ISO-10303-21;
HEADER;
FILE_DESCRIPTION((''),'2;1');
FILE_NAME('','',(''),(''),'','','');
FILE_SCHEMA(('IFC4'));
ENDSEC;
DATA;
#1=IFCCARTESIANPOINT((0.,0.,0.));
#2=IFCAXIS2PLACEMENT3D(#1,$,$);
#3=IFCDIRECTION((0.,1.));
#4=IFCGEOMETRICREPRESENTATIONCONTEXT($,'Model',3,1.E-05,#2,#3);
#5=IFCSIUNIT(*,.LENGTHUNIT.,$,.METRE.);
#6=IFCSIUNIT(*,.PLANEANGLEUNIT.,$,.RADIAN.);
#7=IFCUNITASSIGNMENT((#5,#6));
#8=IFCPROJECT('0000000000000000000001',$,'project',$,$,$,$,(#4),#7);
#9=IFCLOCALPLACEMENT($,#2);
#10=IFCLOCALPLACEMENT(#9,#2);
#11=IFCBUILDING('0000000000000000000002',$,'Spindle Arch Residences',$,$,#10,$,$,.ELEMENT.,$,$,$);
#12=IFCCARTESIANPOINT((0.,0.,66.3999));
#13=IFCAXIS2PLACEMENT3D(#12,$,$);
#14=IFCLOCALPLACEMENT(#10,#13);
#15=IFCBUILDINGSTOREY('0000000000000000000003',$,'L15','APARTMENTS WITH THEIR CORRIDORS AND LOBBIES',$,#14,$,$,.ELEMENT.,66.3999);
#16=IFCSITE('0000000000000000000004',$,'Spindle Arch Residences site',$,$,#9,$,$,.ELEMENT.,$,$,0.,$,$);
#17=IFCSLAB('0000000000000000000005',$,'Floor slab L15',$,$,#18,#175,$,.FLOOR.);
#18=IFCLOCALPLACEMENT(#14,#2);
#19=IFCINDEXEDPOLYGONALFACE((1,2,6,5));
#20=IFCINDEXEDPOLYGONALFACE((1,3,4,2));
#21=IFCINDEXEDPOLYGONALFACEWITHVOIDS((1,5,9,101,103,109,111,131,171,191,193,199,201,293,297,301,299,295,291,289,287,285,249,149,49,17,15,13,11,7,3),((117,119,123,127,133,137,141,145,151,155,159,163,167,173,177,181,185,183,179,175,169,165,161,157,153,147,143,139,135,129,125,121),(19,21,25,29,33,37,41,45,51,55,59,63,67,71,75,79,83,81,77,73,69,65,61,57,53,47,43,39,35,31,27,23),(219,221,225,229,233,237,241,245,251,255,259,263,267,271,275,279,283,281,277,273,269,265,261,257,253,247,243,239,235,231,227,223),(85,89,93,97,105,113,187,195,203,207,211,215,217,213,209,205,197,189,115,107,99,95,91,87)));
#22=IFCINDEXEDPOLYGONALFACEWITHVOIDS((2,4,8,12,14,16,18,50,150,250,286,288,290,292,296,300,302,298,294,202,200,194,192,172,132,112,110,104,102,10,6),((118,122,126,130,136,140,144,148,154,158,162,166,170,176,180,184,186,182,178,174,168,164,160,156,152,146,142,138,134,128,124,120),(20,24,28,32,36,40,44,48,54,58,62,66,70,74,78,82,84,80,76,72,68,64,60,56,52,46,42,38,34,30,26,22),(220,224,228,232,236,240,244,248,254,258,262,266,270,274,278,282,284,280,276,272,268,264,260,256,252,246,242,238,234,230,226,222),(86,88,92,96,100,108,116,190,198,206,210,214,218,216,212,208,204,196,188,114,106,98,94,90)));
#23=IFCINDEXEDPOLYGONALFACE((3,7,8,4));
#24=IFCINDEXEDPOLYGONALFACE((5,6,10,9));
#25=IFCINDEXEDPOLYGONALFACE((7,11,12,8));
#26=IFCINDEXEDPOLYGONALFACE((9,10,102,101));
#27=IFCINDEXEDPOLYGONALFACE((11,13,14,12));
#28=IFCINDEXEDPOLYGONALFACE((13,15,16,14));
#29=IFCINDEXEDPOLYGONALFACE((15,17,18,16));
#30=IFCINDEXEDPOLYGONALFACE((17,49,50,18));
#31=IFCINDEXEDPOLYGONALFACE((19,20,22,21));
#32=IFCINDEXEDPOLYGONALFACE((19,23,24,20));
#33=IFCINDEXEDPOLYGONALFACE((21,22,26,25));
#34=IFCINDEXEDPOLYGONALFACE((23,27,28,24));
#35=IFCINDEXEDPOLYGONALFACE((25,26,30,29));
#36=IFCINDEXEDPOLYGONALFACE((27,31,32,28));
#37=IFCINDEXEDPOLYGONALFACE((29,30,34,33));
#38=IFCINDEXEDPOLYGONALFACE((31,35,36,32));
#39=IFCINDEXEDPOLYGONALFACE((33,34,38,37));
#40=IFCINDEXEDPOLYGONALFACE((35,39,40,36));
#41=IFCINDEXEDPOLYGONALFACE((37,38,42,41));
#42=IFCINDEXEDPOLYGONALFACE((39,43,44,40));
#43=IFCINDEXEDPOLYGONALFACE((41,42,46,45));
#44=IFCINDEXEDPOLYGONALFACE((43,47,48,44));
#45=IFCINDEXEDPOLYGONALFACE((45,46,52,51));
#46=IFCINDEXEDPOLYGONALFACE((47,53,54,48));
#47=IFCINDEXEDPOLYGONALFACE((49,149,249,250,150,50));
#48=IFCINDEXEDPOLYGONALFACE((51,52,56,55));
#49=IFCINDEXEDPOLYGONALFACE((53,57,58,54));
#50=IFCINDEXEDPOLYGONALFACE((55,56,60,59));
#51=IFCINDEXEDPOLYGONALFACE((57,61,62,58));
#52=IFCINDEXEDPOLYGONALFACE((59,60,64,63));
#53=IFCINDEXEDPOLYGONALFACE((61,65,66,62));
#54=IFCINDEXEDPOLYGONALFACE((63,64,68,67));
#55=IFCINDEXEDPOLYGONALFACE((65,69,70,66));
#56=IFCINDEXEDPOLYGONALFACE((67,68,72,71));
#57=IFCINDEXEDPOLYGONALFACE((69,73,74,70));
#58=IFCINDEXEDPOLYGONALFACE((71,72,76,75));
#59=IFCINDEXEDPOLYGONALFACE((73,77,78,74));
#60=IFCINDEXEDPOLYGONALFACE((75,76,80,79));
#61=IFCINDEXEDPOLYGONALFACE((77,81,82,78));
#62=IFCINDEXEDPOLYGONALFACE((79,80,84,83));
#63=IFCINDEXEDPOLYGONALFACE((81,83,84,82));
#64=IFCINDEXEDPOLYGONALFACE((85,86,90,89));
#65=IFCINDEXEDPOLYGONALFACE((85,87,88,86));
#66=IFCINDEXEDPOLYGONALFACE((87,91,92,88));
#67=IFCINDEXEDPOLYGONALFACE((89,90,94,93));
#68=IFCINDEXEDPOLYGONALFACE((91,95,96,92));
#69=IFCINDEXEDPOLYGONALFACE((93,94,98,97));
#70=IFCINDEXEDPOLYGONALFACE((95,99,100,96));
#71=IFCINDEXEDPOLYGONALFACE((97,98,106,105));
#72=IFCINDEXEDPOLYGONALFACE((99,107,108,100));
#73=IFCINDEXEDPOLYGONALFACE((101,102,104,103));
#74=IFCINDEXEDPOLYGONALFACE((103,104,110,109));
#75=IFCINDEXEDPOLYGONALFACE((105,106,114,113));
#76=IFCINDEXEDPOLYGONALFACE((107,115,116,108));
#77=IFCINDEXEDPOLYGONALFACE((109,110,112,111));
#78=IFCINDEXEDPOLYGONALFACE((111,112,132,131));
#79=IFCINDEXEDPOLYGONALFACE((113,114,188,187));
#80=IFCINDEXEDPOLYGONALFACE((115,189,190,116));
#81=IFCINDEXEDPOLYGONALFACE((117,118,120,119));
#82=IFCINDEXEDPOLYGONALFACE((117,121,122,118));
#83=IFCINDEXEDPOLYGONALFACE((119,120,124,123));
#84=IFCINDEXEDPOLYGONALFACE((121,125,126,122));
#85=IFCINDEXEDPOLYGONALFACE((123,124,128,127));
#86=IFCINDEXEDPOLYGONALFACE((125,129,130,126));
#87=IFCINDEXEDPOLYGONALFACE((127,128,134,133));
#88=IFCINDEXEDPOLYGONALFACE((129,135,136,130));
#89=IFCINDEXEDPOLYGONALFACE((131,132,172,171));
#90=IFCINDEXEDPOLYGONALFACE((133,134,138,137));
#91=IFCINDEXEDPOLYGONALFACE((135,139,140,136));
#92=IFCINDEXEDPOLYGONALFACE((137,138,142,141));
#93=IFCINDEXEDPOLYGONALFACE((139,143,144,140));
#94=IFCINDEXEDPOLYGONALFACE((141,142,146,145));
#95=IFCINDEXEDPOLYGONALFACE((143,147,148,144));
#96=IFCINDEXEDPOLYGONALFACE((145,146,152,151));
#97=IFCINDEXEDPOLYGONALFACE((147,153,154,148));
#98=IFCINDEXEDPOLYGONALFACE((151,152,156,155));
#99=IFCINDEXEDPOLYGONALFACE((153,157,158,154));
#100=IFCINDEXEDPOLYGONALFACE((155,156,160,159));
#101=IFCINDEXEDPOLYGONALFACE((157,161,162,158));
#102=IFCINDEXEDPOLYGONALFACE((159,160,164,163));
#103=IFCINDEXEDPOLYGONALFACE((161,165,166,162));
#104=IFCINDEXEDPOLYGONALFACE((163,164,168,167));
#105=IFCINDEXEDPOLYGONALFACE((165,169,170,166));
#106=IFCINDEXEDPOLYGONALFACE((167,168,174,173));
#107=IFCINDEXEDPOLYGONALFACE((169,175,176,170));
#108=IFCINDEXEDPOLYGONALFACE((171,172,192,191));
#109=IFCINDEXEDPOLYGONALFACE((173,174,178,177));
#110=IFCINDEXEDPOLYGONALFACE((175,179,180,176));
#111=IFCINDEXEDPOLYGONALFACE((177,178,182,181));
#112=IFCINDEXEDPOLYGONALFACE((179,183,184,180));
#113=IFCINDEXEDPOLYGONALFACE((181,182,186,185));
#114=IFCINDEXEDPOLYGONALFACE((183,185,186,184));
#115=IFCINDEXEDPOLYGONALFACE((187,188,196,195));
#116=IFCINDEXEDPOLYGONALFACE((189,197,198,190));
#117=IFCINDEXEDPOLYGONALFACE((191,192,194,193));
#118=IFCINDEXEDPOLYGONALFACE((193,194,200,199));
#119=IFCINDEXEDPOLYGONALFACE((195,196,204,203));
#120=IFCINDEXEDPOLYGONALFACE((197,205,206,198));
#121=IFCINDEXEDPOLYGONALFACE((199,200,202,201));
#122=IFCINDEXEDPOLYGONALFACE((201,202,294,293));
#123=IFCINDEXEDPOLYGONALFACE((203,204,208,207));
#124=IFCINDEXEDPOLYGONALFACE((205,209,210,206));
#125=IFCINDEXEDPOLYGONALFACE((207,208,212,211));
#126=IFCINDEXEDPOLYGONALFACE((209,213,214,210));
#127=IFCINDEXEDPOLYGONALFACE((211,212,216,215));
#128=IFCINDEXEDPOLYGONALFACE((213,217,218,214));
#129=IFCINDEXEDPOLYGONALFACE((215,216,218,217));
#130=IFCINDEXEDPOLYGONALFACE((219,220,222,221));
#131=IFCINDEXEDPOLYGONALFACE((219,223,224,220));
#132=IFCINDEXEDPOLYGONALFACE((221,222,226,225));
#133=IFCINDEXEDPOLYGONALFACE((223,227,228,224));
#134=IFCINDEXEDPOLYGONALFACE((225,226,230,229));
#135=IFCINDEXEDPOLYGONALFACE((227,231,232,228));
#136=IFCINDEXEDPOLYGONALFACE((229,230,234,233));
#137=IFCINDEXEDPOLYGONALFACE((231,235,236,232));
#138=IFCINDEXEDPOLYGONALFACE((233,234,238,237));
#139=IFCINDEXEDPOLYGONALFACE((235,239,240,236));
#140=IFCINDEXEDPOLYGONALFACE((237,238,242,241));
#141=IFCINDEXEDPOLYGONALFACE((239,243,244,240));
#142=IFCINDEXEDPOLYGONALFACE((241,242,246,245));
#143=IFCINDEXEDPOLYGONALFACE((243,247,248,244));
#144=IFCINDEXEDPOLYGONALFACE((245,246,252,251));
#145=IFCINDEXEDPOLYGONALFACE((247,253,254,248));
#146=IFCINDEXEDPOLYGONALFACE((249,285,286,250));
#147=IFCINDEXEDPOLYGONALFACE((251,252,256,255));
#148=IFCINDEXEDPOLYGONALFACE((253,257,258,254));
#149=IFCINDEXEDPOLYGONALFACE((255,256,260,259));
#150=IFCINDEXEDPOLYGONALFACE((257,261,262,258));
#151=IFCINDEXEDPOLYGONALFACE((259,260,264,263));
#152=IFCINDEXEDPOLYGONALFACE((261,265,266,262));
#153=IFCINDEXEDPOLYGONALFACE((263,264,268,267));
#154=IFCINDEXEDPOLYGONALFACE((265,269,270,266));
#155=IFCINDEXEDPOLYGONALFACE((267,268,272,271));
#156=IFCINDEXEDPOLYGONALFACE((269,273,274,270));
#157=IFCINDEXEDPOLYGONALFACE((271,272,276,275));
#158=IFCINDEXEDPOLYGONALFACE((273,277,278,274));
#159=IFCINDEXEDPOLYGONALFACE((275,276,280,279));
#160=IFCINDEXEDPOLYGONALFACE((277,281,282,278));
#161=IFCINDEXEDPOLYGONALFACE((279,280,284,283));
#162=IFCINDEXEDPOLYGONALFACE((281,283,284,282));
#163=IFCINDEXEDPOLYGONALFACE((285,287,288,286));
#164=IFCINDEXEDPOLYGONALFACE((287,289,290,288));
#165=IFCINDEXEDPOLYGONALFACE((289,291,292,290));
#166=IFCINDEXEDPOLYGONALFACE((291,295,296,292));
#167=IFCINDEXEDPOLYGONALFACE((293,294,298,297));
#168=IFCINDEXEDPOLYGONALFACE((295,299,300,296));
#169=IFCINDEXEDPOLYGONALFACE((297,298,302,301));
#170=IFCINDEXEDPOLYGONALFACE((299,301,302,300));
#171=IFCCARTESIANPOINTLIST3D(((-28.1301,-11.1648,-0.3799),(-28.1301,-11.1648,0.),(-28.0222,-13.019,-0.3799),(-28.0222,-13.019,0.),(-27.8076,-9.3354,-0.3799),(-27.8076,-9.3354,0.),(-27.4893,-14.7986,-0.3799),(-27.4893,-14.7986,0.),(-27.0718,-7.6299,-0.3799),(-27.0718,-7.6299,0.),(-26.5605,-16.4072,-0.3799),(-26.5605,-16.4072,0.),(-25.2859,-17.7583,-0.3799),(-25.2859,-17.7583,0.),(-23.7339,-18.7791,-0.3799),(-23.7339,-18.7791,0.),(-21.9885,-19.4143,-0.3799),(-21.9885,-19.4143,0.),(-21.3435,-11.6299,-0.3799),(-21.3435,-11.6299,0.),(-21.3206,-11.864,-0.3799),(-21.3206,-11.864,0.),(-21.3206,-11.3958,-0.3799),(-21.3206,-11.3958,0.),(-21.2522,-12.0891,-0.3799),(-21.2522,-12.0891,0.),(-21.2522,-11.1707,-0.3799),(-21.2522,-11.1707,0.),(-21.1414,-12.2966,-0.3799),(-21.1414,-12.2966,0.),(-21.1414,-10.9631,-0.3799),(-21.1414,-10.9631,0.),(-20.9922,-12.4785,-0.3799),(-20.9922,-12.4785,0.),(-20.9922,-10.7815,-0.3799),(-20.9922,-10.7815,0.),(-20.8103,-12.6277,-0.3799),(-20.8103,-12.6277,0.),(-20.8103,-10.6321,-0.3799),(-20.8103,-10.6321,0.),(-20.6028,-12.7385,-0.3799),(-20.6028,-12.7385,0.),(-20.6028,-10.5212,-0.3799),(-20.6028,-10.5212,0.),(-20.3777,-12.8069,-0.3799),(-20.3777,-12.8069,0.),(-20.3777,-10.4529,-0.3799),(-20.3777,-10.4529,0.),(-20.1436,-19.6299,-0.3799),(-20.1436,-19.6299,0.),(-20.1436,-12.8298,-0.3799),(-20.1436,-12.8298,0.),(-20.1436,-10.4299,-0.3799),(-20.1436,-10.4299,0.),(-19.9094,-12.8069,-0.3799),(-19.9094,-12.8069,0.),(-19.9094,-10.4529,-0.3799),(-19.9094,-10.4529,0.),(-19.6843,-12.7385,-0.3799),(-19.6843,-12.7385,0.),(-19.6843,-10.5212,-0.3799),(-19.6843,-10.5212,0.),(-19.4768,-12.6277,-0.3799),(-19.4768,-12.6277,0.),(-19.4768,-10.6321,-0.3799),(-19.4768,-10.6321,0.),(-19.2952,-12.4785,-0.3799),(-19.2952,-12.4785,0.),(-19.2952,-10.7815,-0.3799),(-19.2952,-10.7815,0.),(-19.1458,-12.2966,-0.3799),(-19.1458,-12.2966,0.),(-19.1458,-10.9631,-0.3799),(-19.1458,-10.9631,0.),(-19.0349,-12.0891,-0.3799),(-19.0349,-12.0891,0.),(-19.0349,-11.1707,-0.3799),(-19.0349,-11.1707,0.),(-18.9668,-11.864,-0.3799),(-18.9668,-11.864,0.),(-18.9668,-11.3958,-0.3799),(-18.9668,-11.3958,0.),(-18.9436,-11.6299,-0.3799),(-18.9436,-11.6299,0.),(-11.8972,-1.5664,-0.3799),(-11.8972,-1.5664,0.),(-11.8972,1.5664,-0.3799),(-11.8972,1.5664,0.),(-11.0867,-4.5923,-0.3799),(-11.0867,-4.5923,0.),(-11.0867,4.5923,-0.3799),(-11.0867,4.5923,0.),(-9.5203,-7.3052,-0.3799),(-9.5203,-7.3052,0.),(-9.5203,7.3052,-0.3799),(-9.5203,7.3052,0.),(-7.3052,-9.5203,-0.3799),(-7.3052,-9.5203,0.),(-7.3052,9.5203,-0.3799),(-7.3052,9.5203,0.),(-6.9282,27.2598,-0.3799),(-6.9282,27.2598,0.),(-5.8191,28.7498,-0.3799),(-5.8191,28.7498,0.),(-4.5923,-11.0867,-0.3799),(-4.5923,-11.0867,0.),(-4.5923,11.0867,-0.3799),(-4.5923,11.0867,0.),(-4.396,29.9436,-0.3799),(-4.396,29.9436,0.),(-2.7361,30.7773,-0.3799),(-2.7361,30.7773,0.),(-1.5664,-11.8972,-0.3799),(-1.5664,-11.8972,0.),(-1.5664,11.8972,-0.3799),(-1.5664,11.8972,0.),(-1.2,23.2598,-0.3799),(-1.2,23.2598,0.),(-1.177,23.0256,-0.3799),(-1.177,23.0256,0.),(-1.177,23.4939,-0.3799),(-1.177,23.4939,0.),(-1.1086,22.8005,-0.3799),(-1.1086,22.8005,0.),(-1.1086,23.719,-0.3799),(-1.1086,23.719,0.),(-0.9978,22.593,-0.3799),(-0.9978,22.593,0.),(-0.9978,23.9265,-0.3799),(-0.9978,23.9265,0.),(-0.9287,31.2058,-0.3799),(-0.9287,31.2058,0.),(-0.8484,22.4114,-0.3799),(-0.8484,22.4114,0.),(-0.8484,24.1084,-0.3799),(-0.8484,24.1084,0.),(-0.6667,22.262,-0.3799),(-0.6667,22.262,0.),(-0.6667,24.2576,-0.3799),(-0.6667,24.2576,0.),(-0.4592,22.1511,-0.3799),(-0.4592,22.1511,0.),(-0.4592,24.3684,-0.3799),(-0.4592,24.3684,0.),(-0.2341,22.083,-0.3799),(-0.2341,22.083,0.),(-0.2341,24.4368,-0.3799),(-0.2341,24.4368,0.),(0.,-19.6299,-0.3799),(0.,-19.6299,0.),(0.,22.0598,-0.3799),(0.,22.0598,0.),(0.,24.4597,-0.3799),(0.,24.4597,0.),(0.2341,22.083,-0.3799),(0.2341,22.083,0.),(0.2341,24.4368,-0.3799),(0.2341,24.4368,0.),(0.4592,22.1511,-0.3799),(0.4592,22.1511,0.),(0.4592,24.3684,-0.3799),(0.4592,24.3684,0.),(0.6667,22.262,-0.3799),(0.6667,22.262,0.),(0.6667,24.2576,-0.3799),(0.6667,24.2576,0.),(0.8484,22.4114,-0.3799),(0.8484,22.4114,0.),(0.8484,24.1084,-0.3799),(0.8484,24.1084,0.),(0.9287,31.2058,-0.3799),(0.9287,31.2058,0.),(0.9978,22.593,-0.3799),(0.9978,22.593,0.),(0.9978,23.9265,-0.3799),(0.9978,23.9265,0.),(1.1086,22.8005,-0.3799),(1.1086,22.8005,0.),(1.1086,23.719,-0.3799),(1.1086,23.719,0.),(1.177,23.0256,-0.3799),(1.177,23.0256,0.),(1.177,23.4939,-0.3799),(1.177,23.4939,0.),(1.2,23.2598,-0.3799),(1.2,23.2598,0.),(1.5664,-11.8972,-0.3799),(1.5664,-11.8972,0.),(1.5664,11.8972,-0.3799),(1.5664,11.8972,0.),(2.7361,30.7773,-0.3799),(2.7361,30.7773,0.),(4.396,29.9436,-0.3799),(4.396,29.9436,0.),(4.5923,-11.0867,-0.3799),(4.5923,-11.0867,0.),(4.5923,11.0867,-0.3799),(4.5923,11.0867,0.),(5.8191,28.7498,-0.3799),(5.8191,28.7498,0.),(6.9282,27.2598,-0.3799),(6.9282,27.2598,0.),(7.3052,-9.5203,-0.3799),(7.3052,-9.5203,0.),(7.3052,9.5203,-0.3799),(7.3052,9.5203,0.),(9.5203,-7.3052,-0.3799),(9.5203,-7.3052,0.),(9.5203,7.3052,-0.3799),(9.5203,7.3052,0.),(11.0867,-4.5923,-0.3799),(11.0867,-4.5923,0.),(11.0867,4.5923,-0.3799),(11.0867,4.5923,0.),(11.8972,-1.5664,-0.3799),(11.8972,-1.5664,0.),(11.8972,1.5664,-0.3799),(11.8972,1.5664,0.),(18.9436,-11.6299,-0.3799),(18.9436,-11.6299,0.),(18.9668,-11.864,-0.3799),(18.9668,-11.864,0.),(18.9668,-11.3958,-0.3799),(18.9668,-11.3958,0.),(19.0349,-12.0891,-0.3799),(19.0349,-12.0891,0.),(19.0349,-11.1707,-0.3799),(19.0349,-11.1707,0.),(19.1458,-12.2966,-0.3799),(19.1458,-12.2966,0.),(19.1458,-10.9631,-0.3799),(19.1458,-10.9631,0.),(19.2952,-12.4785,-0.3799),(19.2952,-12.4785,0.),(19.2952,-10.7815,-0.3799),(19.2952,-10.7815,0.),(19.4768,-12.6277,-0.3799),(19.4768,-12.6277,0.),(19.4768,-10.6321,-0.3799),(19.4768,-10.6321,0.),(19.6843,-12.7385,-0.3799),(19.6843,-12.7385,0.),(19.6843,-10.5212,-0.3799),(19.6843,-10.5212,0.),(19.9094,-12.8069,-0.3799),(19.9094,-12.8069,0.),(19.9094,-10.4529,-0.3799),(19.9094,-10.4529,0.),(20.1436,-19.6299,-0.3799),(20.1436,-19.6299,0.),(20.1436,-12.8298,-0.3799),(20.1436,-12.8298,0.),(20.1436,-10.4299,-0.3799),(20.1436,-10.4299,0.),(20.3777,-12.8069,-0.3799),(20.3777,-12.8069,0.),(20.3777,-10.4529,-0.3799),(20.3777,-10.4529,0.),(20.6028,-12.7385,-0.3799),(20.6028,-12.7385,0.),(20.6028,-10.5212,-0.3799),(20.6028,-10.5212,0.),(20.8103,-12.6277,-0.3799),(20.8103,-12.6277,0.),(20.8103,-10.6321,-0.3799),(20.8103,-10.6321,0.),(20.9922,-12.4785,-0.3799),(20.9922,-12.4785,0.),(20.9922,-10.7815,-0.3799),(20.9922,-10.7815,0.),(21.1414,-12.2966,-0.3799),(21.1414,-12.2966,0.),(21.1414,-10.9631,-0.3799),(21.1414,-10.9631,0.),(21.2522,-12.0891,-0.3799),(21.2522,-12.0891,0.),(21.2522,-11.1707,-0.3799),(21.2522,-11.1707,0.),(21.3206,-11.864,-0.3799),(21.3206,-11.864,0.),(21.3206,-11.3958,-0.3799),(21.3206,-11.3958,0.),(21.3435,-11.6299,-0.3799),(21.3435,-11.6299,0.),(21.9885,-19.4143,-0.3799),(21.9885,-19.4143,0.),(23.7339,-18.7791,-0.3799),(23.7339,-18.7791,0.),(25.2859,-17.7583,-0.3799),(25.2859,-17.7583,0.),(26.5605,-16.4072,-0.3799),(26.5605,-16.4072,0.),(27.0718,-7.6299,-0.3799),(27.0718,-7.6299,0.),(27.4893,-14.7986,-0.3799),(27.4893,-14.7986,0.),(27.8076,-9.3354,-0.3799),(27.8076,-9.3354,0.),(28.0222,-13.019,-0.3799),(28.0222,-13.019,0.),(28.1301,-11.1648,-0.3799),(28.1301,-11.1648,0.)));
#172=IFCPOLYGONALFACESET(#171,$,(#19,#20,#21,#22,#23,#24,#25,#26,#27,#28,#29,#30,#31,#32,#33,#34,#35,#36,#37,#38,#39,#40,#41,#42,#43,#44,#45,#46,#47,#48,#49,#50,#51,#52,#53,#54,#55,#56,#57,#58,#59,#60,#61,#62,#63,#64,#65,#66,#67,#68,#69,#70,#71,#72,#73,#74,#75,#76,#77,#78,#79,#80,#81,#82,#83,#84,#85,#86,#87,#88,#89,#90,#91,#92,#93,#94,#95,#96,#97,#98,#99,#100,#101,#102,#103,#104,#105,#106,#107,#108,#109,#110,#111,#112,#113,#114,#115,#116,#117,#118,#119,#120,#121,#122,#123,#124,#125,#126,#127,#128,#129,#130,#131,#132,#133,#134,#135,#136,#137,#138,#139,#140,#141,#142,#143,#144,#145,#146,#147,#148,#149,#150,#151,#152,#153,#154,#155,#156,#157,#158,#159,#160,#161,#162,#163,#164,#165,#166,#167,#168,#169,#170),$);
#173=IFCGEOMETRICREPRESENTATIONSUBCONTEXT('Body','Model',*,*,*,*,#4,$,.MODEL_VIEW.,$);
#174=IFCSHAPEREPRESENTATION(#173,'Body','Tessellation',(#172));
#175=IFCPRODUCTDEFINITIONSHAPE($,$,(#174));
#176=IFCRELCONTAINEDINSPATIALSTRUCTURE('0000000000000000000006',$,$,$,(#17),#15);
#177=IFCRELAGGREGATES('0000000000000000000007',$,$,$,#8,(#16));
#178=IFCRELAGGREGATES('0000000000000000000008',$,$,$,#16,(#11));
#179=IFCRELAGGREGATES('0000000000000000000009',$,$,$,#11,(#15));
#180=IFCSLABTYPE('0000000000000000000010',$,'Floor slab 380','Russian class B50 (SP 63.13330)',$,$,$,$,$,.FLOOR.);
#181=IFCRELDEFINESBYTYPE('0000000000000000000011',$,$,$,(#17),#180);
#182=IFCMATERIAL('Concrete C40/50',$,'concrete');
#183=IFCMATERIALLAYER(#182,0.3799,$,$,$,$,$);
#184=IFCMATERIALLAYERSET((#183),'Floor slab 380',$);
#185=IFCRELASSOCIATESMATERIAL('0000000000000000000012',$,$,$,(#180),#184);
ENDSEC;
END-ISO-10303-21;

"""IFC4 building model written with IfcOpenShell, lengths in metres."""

from ifc_helpers import new_model, si_unit, direction, frame, origin, place, context, subcontext, project, spatial, polyline, outline, extrude, material, layer, layer_set, type_object, element, save


model = new_model("IFC4")

# Units and contexts
model_context = context("Model", 3, precision=1e-05, world=origin(), true_north=direction((0.0, 1.0)))
body_context = subcontext(model_context, "Body", "Model", "MODEL_VIEW")
ifc_project = project(units=[si_unit("LENGTHUNIT", "METRE"), si_unit("PLANEANGLEUNIT", "RADIAN")], contexts=[model_context])

# Site, building, storey
site_placement = place(None, origin())
site = spatial("IfcSite", under=ifc_project, at=site_placement, Name="Spindle Arch Residences site", CompositionType="ELEMENT", RefElevation=0.0)
building_placement = place(site_placement, origin())
building = spatial("IfcBuilding", under=site, at=building_placement, Name="Spindle Arch Residences", CompositionType="ELEMENT")
storey_placement = place(building_placement, frame((0.0, 0.0, 66.3999)))
storey = spatial("IfcBuildingStorey", under=building, at=storey_placement, Name="L15", Description="APARTMENTS WITH THEIR CORRIDORS AND LOBBIES", CompositionType="ELEMENT", Elevation=66.3999)

# Slab
ifc_material_1 = material(Name="Concrete C40/50", Category="concrete")
ifc_layer_1 = layer(ifc_material_1, 0.3799)
ifc_layer_set_1 = layer_set([ifc_layer_1], Name="Floor slab 380")
slab_type_1 = type_object("IfcSlabType", Name="Floor slab 380", Description="Russian class B50 (SP 63.13330)", PredefinedType="FLOOR", material=ifc_layer_set_1)
slab_1_placement = place(storey_placement, frame((0.0, 0.0, -0.3799)))
element("IfcSlab", 1, at=slab_1_placement, inside=storey, type_object=slab_type_1, Name="Floor slab L15", PredefinedType="FLOOR", context=body_context, shape_type="SweptSolid", body=[
    extrude(outline(polyline([(-21.9885, -19.4143), (-23.7339, -18.7791), (-25.2859, -17.7583), (-26.5605, -16.4072), (-27.4893, -14.7986), (-28.0222, -13.019), (-28.1301, -11.1648), (-27.8076, -9.3354), (-27.0718, -7.6299), (-6.9282, 27.2598), (-5.8191, 28.7498), (-4.396, 29.9436), (-2.7361, 30.7773), (-0.9287, 31.2058), (0.9287, 31.2058), (2.7361, 30.7773), (4.396, 29.9436), (5.8191, 28.7498), (6.9282, 27.2598), (27.0718, -7.6299), (27.8076, -9.3354), (28.1301, -11.1648), (28.0222, -13.019), (27.4893, -14.7986), (26.5605, -16.4072), (25.2859, -17.7583), (23.7339, -18.7791), (21.9885, -19.4143), (20.1436, -19.6299), (0.0, -19.6299), (-20.1436, -19.6299), (-21.9885, -19.4143)]), holes=[polyline([(7.3052, -9.5203), (9.5203, -7.3052), (11.0867, -4.5923), (11.8972, -1.5664), (11.8972, 1.5664), (11.0867, 4.5923), (9.5203, 7.3052), (7.3052, 9.5203), (4.5923, 11.0867), (1.5664, 11.8972), (-1.5664, 11.8972), (-4.5923, 11.0867), (-7.3052, 9.5203), (-9.5203, 7.3052), (-11.0867, 4.5923), (-11.8972, 1.5664), (-11.8972, -1.5664), (-11.0867, -4.5923), (-9.5203, -7.3052), (-7.3052, -9.5203), (-4.5923, -11.0867), (-1.5664, -11.8972), (1.5664, -11.8972), (4.5923, -11.0867), (7.3052, -9.5203)]), polyline([(-19.2952, -12.4785), (-19.1458, -12.2966), (-19.0349, -12.0891), (-18.9668, -11.864), (-18.9436, -11.6299), (-18.9668, -11.3958), (-19.0349, -11.1707), (-19.1458, -10.9631), (-19.2952, -10.7815), (-19.4768, -10.6321), (-19.6843, -10.5212), (-19.9094, -10.4529), (-20.1436, -10.4299), (-20.3777, -10.4529), (-20.6028, -10.5212), (-20.8103, -10.6321), (-20.9922, -10.7815), (-21.1414, -10.9631), (-21.2522, -11.1707), (-21.3206, -11.3958), (-21.3435, -11.6299), (-21.3206, -11.864), (-21.2522, -12.0891), (-21.1414, -12.2966), (-20.9922, -12.4785), (-20.8103, -12.6277), (-20.6028, -12.7385), (-20.3777, -12.8069), (-20.1436, -12.8298), (-19.9094, -12.8069), (-19.6843, -12.7385), (-19.4768, -12.6277), (-19.2952, -12.4785)]), polyline([(0.8484, 22.4114), (0.9978, 22.593), (1.1086, 22.8005), (1.177, 23.0256), (1.2, 23.2598), (1.177, 23.4939), (1.1086, 23.719), (0.9978, 23.9265), (0.8484, 24.1084), (0.6667, 24.2576), (0.4592, 24.3684), (0.2341, 24.4368), (0.0, 24.4597), (-0.2341, 24.4368), (-0.4592, 24.3684), (-0.6667, 24.2576), (-0.8484, 24.1084), (-0.9978, 23.9265), (-1.1086, 23.719), (-1.177, 23.4939), (-1.2, 23.2598), (-1.177, 23.0256), (-1.1086, 22.8005), (-0.9978, 22.593), (-0.8484, 22.4114), (-0.6667, 22.262), (-0.4592, 22.1511), (-0.2341, 22.083), (0.0, 22.0598), (0.2341, 22.083), (0.4592, 22.1511), (0.6667, 22.262), (0.8484, 22.4114)]), polyline([(20.9922, -12.4785), (21.1414, -12.2966), (21.2522, -12.0891), (21.3206, -11.864), (21.3435, -11.6299), (21.3206, -11.3958), (21.2522, -11.1707), (21.1414, -10.9631), (20.9922, -10.7815), (20.8103, -10.6321), (20.6028, -10.5212), (20.3777, -10.4529), (20.1436, -10.4299), (19.9094, -10.4529), (19.6843, -10.5212), (19.4768, -10.6321), (19.2952, -10.7815), (19.1458, -10.9631), (19.0349, -11.1707), (18.9668, -11.3958), (18.9436, -11.6299), (18.9668, -11.864), (19.0349, -12.0891), (19.1458, -12.2966), (19.2952, -12.4785), (19.4768, -12.6277), (19.6843, -12.7385), (19.9094, -12.8069), (20.1436, -12.8298), (20.3777, -12.8069), (20.6028, -12.7385), (20.8103, -12.6277), (20.9922, -12.4785)])]), origin(), (0.0, 0.0, 1.0), 0.3799),
])

save(model, "model.ifc")
